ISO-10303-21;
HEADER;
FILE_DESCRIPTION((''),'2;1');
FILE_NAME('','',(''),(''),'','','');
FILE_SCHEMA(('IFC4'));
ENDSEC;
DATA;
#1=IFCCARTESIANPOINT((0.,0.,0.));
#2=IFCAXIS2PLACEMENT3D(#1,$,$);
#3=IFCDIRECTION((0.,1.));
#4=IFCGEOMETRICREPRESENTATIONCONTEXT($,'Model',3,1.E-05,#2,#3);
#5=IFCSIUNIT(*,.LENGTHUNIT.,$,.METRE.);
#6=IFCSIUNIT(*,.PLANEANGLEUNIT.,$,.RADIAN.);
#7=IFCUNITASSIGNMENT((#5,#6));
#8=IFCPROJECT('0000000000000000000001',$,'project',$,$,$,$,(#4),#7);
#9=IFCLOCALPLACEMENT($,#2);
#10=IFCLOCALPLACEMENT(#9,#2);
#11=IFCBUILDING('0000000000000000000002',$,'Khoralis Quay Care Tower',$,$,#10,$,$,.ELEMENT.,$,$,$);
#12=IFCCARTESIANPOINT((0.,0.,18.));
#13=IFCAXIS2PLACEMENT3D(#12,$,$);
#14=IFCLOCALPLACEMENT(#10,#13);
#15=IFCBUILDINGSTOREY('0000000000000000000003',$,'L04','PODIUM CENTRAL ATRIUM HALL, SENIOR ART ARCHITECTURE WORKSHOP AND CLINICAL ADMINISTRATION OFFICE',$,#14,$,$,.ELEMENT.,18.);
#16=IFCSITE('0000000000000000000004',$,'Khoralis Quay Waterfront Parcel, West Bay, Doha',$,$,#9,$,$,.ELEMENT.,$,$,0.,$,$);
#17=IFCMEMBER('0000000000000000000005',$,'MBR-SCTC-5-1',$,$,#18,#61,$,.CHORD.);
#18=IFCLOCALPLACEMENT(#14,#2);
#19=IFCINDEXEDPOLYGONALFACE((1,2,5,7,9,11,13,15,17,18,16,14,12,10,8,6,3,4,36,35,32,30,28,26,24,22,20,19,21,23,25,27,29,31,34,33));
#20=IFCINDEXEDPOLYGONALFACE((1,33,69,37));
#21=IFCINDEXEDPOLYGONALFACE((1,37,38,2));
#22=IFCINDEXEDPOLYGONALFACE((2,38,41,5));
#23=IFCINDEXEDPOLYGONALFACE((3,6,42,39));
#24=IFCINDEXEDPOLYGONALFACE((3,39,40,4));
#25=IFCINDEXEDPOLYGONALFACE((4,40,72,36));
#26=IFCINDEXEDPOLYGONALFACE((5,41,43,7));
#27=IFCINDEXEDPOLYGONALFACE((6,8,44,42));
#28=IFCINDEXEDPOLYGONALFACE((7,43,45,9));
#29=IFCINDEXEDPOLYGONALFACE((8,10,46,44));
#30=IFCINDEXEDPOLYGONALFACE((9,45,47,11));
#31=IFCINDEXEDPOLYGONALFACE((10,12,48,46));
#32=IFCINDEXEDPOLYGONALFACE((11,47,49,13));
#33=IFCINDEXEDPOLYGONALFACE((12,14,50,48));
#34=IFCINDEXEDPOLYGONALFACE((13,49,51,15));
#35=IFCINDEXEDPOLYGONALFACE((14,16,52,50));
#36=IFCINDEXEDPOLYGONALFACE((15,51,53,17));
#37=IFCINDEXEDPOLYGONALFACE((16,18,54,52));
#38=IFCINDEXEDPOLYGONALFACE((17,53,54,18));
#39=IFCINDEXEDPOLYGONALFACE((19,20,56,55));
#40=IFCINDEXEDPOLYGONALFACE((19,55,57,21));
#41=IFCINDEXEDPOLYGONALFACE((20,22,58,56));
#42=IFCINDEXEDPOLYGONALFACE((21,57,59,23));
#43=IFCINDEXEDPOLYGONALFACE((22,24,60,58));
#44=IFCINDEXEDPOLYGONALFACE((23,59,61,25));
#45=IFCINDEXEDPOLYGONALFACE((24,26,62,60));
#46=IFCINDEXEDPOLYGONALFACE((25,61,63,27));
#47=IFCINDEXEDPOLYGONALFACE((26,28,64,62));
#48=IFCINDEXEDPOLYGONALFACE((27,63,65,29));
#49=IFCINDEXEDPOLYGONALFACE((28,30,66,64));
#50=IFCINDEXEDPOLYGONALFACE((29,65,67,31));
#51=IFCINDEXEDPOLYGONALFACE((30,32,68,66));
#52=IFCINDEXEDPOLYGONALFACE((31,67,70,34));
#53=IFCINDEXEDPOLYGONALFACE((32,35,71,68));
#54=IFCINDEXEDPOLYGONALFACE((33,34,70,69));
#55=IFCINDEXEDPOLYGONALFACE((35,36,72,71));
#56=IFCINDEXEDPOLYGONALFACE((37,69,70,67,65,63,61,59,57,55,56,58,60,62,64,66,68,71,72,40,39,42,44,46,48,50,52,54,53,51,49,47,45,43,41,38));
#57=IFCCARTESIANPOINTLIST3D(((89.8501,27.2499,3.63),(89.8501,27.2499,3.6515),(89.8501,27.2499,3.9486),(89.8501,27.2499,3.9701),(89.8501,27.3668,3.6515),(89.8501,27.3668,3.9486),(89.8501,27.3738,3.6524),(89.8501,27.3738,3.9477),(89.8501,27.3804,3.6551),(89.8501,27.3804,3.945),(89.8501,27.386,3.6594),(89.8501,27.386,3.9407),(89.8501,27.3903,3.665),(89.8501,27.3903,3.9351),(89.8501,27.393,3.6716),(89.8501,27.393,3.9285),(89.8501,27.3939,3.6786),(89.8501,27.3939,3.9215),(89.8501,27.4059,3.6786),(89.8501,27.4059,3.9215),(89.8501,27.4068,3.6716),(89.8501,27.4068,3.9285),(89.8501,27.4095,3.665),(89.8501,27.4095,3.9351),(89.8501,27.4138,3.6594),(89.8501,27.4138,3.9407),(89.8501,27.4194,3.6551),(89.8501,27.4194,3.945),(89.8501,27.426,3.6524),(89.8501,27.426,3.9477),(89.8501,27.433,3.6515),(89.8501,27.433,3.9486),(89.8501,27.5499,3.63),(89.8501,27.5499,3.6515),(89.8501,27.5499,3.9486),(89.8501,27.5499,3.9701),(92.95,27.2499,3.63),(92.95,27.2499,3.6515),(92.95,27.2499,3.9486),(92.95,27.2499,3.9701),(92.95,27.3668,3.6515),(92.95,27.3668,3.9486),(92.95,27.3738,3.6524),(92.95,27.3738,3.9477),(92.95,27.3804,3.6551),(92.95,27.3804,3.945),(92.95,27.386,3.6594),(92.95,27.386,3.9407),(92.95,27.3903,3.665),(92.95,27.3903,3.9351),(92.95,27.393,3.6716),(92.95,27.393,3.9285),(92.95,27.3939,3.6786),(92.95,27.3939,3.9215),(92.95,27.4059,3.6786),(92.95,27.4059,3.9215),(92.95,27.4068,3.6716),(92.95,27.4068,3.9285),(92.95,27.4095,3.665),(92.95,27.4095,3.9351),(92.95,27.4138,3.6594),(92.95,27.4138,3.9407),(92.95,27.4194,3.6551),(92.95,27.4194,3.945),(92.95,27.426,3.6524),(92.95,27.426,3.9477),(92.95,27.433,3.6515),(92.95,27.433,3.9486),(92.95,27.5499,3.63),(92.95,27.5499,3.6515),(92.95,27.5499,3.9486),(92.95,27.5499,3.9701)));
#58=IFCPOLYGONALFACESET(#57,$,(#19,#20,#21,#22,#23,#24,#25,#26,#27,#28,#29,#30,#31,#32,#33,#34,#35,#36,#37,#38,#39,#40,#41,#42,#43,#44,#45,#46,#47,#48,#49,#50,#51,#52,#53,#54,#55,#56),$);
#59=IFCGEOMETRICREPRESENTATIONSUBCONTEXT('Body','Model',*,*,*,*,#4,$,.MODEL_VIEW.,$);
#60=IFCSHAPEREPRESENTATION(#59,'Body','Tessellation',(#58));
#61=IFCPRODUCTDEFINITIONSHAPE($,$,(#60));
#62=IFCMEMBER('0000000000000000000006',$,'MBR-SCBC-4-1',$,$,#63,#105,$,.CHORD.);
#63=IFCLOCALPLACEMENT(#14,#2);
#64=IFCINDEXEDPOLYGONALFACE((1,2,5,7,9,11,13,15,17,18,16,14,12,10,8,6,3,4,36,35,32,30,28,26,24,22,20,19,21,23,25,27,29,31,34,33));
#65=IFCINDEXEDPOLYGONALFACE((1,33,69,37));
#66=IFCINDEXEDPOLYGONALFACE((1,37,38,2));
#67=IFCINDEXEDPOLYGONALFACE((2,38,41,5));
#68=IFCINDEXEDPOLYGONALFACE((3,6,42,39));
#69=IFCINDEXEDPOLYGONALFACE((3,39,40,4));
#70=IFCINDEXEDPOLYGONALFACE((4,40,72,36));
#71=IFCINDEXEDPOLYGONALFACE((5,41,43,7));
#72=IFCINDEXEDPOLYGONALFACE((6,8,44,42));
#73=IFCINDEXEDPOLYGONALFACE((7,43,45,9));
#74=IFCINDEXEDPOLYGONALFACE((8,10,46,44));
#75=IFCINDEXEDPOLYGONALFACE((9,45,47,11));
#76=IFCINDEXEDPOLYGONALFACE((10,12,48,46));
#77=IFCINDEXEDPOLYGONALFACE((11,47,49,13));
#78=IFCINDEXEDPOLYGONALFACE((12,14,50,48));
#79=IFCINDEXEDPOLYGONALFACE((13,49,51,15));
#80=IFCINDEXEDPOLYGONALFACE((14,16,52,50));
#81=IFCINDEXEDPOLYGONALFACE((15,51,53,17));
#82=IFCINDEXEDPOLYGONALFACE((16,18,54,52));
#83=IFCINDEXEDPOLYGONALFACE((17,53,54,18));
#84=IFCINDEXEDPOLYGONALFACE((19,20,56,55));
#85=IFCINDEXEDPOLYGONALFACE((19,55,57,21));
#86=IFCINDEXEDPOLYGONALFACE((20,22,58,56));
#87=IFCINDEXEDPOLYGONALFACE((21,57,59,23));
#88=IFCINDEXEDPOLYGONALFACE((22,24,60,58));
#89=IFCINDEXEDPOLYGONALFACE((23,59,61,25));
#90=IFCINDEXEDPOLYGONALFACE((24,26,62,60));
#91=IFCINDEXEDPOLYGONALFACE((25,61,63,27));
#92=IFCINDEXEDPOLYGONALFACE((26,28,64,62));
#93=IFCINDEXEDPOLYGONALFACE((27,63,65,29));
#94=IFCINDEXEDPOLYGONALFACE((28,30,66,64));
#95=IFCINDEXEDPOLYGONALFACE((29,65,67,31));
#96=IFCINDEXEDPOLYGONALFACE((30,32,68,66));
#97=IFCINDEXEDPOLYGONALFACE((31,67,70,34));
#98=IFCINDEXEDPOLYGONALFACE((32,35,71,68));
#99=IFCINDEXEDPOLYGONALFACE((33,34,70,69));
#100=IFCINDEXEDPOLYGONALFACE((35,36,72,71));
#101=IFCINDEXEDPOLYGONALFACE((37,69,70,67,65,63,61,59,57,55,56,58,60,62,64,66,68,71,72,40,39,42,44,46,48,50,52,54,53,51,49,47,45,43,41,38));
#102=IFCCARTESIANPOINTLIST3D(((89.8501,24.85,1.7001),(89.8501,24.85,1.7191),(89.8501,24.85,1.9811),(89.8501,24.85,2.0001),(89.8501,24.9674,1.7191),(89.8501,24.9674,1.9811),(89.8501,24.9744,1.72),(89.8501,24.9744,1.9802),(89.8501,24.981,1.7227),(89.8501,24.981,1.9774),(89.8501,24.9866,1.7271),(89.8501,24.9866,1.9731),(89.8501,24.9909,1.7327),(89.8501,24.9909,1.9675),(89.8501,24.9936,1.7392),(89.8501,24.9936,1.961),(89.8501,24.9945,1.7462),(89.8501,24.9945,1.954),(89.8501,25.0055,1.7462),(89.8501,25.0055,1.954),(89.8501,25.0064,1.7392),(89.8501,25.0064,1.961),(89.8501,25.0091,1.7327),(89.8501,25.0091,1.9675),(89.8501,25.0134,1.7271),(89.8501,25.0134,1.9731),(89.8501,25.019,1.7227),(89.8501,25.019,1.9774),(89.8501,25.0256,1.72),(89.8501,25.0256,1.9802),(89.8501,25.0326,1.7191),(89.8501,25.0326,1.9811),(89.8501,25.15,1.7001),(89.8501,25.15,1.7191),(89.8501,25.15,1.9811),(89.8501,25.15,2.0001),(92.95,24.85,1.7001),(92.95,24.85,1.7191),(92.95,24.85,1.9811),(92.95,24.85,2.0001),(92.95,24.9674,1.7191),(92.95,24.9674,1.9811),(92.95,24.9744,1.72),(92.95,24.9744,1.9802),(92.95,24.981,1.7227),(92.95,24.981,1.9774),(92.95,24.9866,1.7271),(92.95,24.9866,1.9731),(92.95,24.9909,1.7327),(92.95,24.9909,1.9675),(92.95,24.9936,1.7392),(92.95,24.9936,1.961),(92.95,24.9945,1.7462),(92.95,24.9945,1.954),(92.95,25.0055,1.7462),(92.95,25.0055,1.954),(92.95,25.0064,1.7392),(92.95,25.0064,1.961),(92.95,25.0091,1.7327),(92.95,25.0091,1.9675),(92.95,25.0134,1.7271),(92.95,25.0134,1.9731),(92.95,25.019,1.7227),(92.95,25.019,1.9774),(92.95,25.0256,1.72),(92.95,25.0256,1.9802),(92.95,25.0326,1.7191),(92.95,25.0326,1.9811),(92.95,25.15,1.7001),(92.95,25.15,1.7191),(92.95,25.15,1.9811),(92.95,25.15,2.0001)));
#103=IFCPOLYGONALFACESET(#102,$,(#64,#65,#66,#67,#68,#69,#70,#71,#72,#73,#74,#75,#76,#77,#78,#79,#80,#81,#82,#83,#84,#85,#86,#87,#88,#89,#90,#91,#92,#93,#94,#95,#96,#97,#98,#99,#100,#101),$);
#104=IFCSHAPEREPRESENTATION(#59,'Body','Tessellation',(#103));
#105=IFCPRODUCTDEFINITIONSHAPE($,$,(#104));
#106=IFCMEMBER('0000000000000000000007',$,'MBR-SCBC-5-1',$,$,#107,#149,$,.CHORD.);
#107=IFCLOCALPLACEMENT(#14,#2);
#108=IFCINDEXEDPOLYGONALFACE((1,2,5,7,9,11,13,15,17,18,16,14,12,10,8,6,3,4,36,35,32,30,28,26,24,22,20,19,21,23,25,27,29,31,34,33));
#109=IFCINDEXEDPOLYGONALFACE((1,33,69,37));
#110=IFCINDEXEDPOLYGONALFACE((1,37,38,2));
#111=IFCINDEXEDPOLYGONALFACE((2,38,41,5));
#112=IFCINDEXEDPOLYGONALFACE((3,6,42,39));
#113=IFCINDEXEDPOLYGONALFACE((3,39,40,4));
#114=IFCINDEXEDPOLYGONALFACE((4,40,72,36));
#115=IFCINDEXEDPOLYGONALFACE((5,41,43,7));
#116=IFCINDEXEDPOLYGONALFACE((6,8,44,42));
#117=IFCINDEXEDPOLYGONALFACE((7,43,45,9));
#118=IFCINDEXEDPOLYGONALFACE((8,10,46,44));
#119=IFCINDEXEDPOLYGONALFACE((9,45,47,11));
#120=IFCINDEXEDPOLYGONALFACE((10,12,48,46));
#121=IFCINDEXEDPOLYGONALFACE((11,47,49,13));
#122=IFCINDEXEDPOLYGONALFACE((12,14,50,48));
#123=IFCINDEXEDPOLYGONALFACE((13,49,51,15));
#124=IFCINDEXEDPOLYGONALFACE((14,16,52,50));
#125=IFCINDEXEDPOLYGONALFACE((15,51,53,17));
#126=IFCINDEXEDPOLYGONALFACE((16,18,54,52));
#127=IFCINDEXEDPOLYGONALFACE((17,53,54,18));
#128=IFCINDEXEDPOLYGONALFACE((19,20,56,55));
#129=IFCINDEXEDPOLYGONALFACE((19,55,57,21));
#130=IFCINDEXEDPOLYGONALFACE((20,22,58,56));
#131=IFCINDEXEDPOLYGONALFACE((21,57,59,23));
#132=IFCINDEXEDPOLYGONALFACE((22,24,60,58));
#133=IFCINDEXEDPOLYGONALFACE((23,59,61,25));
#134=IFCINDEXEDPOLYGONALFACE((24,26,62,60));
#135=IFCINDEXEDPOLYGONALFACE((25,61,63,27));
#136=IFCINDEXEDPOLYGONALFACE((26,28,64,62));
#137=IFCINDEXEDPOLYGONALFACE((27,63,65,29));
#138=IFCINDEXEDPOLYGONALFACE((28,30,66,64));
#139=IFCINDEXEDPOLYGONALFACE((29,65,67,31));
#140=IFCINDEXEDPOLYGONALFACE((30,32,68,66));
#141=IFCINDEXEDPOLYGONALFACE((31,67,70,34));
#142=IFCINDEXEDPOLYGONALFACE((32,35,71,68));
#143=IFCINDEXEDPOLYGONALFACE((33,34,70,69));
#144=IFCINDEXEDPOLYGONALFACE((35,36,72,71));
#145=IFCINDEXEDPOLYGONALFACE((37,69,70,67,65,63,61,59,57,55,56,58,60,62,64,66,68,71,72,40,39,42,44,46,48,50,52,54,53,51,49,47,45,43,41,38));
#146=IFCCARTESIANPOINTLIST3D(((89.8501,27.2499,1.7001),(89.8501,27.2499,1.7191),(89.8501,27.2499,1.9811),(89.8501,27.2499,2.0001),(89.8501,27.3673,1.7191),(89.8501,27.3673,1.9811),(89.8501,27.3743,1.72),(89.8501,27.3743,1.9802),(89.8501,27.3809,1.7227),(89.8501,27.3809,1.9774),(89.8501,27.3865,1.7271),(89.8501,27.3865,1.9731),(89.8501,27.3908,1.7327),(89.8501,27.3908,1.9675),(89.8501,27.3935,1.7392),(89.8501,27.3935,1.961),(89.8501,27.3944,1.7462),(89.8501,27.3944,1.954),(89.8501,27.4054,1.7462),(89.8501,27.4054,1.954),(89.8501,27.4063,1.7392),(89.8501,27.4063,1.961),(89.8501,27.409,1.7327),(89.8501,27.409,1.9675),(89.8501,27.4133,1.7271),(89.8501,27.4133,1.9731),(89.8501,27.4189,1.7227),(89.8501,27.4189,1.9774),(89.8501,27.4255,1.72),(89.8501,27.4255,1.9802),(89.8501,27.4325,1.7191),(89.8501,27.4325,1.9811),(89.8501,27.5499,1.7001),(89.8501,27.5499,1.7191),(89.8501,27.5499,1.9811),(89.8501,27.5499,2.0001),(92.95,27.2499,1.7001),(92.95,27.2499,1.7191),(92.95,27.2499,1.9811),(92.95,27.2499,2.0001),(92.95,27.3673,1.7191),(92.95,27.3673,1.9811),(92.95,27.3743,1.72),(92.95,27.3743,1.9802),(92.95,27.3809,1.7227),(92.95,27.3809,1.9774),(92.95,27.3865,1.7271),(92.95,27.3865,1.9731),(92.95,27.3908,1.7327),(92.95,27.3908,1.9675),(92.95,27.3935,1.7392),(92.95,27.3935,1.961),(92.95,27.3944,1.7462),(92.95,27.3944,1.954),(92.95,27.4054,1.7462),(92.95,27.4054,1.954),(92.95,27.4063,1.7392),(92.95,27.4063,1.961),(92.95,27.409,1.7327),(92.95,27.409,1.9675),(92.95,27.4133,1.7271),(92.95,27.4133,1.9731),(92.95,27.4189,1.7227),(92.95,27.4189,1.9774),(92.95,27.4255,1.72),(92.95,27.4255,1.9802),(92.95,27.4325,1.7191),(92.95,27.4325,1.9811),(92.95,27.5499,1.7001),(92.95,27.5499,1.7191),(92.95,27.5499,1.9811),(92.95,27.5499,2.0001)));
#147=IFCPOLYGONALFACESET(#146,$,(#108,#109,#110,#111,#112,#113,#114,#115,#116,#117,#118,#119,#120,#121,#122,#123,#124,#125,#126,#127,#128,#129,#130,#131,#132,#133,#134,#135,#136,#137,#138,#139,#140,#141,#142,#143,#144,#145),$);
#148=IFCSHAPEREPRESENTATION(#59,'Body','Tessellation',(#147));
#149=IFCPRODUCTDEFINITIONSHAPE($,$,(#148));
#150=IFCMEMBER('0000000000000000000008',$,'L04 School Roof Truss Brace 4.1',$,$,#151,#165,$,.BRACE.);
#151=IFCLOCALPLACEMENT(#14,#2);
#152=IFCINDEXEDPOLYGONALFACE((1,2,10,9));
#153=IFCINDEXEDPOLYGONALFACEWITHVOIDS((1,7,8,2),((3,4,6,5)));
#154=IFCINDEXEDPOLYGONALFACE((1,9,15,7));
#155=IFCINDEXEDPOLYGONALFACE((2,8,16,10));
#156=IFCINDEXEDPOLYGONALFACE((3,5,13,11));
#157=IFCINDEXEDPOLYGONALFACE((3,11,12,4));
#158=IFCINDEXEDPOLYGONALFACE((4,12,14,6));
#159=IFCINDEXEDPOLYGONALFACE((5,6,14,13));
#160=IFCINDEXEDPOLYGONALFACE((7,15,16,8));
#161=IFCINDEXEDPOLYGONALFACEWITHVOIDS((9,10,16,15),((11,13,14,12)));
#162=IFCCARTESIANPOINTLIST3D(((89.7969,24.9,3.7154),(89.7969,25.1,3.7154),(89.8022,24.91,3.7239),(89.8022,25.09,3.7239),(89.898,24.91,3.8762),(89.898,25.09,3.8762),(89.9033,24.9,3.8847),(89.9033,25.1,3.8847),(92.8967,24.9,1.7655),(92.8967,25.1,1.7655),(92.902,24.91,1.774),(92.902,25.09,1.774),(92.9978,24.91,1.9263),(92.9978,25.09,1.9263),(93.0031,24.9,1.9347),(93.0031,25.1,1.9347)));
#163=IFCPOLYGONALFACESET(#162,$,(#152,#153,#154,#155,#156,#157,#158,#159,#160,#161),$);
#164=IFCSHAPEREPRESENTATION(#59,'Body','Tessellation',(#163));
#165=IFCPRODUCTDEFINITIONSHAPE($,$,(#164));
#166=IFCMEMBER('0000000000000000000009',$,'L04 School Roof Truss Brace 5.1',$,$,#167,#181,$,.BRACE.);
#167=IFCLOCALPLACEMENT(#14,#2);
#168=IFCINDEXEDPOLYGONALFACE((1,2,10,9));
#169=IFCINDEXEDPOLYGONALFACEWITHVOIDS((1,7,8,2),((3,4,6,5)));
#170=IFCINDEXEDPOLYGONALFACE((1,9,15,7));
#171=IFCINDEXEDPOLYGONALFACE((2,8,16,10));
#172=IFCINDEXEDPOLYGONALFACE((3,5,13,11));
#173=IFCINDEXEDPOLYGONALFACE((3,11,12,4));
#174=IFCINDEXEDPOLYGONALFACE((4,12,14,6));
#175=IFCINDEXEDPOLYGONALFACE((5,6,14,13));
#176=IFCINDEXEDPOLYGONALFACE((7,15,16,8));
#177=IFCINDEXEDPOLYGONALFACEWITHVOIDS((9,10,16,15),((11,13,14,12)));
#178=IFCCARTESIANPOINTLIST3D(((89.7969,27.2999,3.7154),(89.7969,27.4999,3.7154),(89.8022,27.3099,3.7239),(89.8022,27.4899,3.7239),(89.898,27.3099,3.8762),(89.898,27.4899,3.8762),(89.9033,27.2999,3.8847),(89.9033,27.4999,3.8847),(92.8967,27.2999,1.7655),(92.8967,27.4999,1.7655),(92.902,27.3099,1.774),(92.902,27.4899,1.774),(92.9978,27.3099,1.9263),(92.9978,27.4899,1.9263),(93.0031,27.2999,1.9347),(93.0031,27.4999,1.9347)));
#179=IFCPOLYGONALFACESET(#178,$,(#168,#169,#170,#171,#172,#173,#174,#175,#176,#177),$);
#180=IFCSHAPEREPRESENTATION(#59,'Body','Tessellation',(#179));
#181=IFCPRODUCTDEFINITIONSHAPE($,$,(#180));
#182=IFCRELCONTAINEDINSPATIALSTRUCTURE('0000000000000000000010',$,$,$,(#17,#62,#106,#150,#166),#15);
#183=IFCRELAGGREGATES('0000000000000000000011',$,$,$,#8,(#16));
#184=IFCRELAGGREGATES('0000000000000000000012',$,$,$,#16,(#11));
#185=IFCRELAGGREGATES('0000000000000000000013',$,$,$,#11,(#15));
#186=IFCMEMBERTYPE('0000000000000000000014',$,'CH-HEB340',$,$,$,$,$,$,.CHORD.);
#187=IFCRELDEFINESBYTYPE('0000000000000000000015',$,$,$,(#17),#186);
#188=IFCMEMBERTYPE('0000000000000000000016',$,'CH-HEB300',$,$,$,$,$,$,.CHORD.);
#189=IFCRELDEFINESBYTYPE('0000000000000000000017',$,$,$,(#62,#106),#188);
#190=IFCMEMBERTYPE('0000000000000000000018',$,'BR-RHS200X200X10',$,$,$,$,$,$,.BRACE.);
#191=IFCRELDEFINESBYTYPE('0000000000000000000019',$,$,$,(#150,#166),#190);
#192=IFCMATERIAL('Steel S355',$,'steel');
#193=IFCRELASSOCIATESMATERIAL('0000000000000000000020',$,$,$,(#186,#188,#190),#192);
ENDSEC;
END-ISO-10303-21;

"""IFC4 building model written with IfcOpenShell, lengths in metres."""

from ifc_helpers import new_model, si_unit, direction, frame, origin, origin_2d, place, context, subcontext, project, spatial, hollow_rectangle, i_section, extrude, source, transform, mapped, material, material_profile, profile_set, type_object, element, save


model = new_model("IFC4")

# Units and contexts
model_context = context("Model", 3, precision=1e-05, world=origin(), true_north=direction((0.0, 1.0)))
body_context = subcontext(model_context, "Body", "Model", "MODEL_VIEW")
ifc_project = project(units=[si_unit("LENGTHUNIT", "METRE"), si_unit("PLANEANGLEUNIT", "RADIAN")], contexts=[model_context])

# Site, building, storey
site_placement = place(None, origin())
site = spatial("IfcSite", under=ifc_project, at=site_placement, Name="Khoralis Quay Waterfront Parcel, West Bay, Doha", CompositionType="ELEMENT", RefElevation=0.0)
building_placement = place(site_placement, origin())
building = spatial("IfcBuilding", under=site, at=building_placement, Name="Khoralis Quay Care Tower", CompositionType="ELEMENT")
storey_placement = place(building_placement, frame((0.0, 0.0, 18.0)))
storey = spatial("IfcBuildingStorey", under=building, at=storey_placement, Name="L04", Description="PODIUM CENTRAL ATRIUM HALL, SENIOR ART ARCHITECTURE WORKSHOP AND CLINICAL ADMINISTRATION OFFICE", CompositionType="ELEMENT", Elevation=18.0)

# Shared definitions
ifc_material_1 = material(Name="Steel S355", Category="steel")

# Members
ifc_material_profile_1 = material_profile(ifc_material_1, i_section(OverallWidth=0.3, OverallDepth=0.3401, WebThickness=0.012, FlangeThickness=0.0215, FilletRadius=0.0271, at=origin_2d()), Name="Steel S355")
ifc_profile_set_1 = profile_set([ifc_material_profile_1], Name="Steel S355")
member_type_1 = type_object("IfcMemberType", Name="CH-HEB340", PredefinedType="CHORD", material=ifc_profile_set_1)
ifc_material_profile_2 = material_profile(ifc_material_1, i_section(OverallWidth=0.3, OverallDepth=0.3, WebThickness=0.011, FlangeThickness=0.019, FilletRadius=0.0271, at=origin_2d()), Name="Steel S355")
ifc_profile_set_2 = profile_set([ifc_material_profile_2], Name="Steel S355")
member_type_2 = type_object("IfcMemberType", Name="CH-HEB300", PredefinedType="CHORD", material=ifc_profile_set_2)
ifc_material_profile_3 = material_profile(ifc_material_1, hollow_rectangle(XDim=0.2, YDim=0.2, WallThickness=0.01, at=origin_2d()), Name="Steel S355")
ifc_profile_set_3 = profile_set([ifc_material_profile_3], Name="Steel S355")
member_type_3 = type_object("IfcMemberType", Name="BR-RHS200X200X10", PredefinedType="BRACE", material=ifc_profile_set_3)
shared_shape_1 = source(origin(), body_context, "Body", "SweptSolid", [
    extrude(i_section(OverallWidth=0.3, OverallDepth=0.3401, WebThickness=0.012, FlangeThickness=0.0215, FilletRadius=0.0271, at=origin_2d()), origin(), (0.0, 0.0, 1.0), 3.0999),
])
for number, where, z_axis, x_axis, name in (
    (1, (89.8501, 27.3999, 3.8), (1.0, 0.0, 0.0), (0.0, 1.0, 0.0), "MBR-SCTC-5-1"),
):
    element("IfcMember", number, at=place(storey_placement, frame(where, z_axis=z_axis, x_axis=x_axis)), inside=storey, type_object=member_type_1, Name=name, PredefinedType="CHORD", context=body_context, shape_type="MappedRepresentation", body=[
        mapped(shared_shape_1, transform((0.0, 0.0, 0.0), scale=1.0)),
    ])
shared_shape_2 = source(origin(), body_context, "Body", "SweptSolid", [
    extrude(i_section(OverallWidth=0.3, OverallDepth=0.3, WebThickness=0.011, FlangeThickness=0.019, FilletRadius=0.0271, at=origin_2d()), origin(), (0.0, 0.0, 1.0), 3.0999),
])
for number, where, z_axis, x_axis, name in (
    (2, (89.8501, 25.0, 1.8501), (1.0, 0.0, 0.0), (0.0, 1.0, 0.0), "MBR-SCBC-4-1"),
    (3, (89.8501, 27.3999, 1.8501), (1.0, 0.0, 0.0), (0.0, 1.0, 0.0), "MBR-SCBC-5-1"),
):
    element("IfcMember", number, at=place(storey_placement, frame(where, z_axis=z_axis, x_axis=x_axis)), inside=storey, type_object=member_type_2, Name=name, PredefinedType="CHORD", context=body_context, shape_type="MappedRepresentation", body=[
        mapped(shared_shape_2, transform((0.0, 0.0, 0.0), scale=1.0)),
    ])
shared_shape_3 = source(origin(), body_context, "Body", "SweptSolid", [
    extrude(hollow_rectangle(XDim=0.2, YDim=0.2, WallThickness=0.01, at=origin_2d()), origin(), (0.0, 0.0, 1.0), 3.6621),
])
for number, where, z_axis, x_axis, name in (
    (4, (89.8501, 25.0, 3.8), (0.846455, 0.0, -0.53246), (0.0, 1.0, 0.0), "L04 School Roof Truss Brace 4.1"),
    (5, (89.8501, 27.3999, 3.8), (0.846455, 0.0, -0.53246), (0.0, 1.0, 0.0), "L04 School Roof Truss Brace 5.1"),
):
    element("IfcMember", number, at=place(storey_placement, frame(where, z_axis=z_axis, x_axis=x_axis)), inside=storey, type_object=member_type_3, Name=name, PredefinedType="BRACE", context=body_context, shape_type="MappedRepresentation", body=[
        mapped(shared_shape_3, transform((0.0, 0.0, 0.0), scale=1.0)),
    ])

save(model, "model.ifc")
